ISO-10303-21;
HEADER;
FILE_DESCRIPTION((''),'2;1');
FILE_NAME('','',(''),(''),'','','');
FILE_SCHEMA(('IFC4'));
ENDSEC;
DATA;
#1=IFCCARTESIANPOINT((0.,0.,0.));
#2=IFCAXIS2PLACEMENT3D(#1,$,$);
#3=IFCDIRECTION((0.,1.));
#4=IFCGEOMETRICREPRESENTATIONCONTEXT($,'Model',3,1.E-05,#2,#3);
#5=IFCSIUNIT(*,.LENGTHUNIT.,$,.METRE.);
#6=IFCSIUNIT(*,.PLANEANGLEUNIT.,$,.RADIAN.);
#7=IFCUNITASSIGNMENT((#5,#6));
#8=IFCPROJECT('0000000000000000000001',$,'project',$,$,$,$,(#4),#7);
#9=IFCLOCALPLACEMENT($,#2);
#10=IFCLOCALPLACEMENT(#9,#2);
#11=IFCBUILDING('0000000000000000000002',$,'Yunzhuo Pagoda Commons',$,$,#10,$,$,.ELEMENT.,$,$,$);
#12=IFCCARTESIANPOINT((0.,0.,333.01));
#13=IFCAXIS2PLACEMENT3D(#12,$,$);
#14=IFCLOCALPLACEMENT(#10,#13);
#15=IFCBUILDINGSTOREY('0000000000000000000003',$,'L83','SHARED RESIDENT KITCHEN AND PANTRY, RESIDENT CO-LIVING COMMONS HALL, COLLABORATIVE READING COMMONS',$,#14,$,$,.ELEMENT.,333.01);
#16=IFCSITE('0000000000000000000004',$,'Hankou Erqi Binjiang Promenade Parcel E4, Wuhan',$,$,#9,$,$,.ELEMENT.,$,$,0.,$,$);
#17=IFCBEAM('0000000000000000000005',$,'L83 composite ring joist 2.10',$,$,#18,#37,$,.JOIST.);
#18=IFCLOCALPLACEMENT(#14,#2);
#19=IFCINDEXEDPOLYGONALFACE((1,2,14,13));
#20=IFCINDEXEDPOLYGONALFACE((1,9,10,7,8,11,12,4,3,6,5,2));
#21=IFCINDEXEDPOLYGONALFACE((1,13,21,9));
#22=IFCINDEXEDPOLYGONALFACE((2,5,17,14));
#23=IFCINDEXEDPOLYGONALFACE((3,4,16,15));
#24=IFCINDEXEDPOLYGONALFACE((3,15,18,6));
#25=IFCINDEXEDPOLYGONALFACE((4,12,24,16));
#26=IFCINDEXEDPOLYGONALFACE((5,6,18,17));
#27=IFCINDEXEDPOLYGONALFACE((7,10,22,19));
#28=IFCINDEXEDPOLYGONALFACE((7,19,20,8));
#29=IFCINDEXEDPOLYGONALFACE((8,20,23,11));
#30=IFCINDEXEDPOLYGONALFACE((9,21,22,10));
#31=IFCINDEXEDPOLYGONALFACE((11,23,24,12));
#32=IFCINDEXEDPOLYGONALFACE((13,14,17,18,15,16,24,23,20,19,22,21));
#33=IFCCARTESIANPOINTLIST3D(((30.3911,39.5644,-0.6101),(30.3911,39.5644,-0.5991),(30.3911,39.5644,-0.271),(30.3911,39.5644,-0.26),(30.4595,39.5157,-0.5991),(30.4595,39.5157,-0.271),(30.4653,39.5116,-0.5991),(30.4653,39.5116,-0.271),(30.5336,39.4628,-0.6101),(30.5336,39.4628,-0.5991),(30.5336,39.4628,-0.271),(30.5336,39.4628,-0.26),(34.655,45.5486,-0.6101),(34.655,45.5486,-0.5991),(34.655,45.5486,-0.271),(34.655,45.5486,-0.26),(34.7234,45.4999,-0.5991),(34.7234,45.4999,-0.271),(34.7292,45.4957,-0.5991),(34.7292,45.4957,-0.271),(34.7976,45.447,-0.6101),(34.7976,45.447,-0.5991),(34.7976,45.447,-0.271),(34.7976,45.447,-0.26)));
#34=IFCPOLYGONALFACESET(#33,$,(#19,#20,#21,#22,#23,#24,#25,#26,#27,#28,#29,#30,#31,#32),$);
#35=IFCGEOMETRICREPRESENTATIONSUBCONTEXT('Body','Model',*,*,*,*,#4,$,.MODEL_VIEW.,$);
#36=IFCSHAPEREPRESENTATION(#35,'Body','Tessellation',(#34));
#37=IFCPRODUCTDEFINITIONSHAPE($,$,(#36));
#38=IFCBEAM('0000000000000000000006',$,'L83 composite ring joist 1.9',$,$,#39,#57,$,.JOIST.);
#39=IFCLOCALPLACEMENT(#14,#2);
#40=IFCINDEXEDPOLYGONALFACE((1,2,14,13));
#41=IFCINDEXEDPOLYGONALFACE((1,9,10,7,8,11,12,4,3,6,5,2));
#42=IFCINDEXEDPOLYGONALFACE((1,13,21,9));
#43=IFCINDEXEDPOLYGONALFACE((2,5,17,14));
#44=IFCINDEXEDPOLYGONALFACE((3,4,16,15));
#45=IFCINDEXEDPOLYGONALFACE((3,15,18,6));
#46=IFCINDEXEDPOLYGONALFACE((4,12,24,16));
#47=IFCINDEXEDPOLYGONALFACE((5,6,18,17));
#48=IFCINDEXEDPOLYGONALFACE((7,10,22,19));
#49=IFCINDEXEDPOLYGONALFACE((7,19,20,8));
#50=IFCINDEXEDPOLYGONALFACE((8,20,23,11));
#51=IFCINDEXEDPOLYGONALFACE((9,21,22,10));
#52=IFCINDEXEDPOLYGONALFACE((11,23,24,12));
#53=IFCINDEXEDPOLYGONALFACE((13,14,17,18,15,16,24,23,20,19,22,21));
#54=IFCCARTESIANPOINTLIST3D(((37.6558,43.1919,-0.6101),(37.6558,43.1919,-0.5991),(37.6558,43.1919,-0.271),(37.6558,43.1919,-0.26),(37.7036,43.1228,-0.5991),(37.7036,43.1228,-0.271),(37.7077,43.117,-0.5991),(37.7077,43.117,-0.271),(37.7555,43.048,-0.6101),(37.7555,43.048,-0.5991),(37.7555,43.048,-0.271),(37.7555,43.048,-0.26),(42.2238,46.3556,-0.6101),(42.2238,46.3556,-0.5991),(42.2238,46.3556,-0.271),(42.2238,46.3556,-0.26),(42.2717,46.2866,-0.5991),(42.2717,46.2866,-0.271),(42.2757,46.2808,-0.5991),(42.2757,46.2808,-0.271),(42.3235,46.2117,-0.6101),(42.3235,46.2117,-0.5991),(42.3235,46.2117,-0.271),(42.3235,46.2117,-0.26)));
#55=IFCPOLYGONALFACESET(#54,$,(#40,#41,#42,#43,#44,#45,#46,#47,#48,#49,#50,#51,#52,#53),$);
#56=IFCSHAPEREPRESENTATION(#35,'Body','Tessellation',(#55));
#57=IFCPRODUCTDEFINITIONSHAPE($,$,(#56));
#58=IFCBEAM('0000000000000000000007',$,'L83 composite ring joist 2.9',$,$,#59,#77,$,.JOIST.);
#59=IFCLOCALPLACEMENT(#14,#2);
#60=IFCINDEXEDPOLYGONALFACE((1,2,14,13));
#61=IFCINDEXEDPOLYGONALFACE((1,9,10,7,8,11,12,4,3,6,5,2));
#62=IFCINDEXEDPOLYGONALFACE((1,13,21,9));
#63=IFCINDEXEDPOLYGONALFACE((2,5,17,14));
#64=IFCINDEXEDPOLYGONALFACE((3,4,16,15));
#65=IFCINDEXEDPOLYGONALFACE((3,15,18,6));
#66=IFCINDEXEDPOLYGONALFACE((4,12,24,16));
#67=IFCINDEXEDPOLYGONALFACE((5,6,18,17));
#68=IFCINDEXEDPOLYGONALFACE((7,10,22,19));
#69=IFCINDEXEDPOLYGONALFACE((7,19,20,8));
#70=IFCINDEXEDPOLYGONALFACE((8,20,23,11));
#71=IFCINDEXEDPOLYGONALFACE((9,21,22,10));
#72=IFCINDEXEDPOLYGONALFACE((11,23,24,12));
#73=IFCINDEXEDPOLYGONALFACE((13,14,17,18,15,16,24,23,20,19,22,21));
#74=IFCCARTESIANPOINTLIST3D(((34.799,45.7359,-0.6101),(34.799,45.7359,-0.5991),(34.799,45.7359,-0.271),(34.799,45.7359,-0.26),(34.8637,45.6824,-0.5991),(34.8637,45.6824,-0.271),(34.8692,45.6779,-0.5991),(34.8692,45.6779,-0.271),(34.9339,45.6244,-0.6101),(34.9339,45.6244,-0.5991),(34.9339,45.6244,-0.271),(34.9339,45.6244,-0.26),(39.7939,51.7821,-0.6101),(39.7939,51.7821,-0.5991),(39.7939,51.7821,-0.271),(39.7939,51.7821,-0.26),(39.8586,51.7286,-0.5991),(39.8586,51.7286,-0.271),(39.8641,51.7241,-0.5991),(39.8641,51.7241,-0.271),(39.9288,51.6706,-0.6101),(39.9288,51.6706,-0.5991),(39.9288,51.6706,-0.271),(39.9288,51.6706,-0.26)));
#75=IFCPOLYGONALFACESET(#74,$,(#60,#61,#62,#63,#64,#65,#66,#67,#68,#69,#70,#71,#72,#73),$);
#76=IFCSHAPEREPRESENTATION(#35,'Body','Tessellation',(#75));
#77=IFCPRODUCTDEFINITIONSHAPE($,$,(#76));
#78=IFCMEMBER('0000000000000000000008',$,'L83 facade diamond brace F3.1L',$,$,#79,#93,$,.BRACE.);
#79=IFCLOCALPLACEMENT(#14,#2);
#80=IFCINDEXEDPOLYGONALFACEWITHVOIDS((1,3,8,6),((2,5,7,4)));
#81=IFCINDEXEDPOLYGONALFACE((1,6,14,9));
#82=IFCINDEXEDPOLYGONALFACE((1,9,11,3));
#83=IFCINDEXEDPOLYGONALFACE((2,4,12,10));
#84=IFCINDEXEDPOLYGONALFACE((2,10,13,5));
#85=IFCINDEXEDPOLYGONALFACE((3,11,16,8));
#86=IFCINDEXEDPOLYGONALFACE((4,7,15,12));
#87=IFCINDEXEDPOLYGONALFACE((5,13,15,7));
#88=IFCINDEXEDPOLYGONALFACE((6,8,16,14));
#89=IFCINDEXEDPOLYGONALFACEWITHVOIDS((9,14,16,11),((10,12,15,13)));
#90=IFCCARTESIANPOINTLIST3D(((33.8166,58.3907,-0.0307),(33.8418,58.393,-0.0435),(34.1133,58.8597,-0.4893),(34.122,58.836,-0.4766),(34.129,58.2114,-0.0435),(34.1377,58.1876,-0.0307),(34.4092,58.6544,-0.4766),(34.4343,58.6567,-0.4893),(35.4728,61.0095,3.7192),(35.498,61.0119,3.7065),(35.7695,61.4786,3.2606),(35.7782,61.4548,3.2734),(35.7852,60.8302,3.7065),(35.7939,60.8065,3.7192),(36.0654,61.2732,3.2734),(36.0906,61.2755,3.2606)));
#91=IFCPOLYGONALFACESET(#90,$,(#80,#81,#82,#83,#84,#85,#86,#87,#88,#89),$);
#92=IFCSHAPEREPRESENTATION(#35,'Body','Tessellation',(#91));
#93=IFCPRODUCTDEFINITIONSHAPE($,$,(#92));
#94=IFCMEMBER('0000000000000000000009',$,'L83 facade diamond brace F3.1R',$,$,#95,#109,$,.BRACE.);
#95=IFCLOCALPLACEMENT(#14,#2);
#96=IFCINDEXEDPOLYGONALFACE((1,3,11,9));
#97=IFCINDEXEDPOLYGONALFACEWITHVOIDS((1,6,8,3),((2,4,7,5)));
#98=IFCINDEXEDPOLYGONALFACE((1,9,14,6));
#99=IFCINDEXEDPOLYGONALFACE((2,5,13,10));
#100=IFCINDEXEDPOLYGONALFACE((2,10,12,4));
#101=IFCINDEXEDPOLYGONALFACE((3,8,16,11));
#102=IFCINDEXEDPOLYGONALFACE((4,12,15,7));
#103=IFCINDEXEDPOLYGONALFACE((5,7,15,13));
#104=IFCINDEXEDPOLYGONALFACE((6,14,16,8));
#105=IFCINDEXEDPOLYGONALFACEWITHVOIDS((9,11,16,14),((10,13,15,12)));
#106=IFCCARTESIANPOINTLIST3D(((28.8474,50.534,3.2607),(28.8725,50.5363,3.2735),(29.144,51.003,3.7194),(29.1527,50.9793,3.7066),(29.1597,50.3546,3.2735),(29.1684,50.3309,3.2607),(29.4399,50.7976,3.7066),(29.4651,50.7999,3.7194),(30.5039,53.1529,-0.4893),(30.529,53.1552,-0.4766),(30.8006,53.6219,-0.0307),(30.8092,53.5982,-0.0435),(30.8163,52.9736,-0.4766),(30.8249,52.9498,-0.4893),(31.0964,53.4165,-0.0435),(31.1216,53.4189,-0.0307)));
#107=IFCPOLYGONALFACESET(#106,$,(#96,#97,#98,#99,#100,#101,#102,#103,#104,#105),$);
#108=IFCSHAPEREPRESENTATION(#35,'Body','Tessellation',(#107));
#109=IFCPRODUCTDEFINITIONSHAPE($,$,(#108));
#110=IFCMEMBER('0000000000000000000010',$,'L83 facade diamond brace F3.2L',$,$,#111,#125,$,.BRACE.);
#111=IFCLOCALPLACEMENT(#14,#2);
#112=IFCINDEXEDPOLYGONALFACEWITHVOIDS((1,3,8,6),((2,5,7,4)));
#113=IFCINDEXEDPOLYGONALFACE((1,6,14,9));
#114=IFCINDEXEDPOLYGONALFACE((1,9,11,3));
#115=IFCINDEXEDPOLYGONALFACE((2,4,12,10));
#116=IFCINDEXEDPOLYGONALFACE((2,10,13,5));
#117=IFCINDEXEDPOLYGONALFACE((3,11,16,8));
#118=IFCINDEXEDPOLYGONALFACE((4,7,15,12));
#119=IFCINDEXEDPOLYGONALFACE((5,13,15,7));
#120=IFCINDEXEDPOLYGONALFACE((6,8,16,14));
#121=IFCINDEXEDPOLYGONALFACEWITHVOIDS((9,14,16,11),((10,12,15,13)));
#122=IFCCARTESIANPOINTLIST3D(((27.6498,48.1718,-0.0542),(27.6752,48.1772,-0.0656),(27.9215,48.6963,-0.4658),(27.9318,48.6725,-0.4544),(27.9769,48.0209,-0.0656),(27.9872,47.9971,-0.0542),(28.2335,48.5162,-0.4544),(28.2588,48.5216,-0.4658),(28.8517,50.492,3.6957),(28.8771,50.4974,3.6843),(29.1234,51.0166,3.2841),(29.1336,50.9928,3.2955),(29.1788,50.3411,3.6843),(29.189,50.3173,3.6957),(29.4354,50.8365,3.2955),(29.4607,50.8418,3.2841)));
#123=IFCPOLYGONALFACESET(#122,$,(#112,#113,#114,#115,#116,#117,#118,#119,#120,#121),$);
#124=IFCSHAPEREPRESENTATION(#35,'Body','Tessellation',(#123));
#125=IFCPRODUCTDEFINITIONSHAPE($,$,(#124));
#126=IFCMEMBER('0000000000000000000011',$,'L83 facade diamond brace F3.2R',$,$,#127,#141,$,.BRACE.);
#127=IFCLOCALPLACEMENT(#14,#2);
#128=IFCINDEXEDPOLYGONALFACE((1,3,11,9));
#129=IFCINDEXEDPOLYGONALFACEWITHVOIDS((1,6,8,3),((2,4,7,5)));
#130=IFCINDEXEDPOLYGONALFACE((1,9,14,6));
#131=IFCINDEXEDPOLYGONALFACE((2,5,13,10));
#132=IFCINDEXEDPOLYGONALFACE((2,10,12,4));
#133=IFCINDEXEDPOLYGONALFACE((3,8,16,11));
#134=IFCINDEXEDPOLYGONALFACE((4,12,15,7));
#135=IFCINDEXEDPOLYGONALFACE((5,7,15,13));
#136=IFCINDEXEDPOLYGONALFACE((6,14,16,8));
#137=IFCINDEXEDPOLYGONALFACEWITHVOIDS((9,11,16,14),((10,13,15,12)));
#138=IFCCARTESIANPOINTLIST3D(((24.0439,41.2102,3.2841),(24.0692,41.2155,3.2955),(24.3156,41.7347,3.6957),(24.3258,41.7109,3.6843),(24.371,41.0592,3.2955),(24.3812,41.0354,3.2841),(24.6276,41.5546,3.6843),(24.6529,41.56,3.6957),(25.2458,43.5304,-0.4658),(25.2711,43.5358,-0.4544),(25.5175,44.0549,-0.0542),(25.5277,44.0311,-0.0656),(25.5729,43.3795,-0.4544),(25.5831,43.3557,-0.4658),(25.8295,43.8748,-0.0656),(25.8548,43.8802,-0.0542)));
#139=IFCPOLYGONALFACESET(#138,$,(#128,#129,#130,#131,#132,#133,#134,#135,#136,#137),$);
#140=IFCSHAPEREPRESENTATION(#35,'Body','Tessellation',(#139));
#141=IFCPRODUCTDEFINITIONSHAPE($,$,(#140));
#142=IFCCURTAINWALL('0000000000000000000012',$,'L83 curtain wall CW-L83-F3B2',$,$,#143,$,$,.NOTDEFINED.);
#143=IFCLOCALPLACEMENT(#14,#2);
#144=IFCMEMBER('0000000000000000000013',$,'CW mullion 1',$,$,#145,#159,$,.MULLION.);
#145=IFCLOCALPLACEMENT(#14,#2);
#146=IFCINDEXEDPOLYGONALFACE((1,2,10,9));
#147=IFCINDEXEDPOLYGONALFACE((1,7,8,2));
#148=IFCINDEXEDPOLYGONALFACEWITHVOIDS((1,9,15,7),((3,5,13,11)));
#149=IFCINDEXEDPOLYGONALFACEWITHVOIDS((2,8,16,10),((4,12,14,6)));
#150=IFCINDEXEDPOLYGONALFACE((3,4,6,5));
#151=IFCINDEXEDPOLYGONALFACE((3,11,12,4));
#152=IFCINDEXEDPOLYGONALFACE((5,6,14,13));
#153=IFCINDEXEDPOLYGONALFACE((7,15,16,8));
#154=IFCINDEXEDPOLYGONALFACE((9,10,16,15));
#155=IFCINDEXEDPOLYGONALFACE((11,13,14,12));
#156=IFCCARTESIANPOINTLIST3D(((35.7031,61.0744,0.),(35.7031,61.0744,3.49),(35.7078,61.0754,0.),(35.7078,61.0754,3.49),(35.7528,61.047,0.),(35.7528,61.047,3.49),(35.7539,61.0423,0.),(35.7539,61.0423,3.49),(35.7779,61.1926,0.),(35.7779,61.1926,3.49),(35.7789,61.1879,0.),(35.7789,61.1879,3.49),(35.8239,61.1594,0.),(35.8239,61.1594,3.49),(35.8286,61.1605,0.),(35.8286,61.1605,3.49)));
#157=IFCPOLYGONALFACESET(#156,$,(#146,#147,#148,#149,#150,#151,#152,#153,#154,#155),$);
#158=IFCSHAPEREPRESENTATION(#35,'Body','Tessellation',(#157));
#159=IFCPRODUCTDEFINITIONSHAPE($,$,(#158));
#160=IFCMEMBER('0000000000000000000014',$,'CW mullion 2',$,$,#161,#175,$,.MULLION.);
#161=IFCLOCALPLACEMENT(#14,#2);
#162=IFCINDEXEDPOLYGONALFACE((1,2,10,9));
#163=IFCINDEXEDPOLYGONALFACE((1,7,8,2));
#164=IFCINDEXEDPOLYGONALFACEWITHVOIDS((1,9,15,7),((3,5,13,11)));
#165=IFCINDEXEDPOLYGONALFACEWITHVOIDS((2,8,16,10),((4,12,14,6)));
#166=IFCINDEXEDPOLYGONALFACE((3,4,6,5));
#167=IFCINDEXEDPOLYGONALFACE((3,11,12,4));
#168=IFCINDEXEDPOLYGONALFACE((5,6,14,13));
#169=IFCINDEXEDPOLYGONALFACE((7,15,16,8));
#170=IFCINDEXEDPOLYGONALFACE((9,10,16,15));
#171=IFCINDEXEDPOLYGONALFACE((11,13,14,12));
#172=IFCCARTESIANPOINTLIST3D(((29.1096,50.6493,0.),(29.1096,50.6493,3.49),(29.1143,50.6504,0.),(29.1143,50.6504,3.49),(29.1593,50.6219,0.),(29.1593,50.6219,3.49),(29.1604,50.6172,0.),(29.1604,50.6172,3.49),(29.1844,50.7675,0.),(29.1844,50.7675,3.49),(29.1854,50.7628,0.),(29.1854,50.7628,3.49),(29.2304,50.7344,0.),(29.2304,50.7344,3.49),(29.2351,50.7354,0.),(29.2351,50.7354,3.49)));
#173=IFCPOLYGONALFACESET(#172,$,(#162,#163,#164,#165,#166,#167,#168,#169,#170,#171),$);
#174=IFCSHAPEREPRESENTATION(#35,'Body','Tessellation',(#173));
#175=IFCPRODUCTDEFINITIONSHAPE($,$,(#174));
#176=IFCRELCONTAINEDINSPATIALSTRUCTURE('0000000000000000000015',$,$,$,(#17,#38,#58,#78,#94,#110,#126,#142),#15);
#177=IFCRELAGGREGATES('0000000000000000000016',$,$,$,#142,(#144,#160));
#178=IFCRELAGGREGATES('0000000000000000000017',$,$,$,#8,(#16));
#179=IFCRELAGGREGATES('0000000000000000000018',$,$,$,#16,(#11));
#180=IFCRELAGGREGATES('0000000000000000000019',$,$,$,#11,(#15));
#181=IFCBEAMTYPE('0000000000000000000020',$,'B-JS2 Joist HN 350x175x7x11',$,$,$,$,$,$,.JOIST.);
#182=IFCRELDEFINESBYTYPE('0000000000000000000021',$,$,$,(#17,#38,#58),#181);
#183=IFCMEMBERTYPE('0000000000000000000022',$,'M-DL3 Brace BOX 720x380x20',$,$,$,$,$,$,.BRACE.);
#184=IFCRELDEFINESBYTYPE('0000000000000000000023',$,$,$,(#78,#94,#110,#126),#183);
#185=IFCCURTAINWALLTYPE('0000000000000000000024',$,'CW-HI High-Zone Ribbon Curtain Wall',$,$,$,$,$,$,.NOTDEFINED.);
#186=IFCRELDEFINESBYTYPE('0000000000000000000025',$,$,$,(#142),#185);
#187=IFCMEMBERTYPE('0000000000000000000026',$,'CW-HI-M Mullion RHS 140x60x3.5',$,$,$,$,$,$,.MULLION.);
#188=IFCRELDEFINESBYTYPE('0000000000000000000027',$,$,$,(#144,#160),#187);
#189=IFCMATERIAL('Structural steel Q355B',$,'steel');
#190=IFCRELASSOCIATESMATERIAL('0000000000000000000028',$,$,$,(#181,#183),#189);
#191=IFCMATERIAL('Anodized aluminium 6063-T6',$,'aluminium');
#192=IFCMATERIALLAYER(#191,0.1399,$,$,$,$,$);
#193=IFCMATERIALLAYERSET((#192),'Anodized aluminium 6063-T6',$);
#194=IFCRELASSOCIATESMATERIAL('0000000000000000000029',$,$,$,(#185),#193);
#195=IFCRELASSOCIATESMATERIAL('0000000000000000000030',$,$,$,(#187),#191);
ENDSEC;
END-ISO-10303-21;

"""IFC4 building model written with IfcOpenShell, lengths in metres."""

from ifc_helpers import new_model, si_unit, direction, frame, origin, origin_2d, place, context, subcontext, project, spatial, hollow_rectangle, i_section, extrude, source, transform, mapped, material, layer, layer_set, material_profile, profile_set, type_object, element, aggregate, save


model = new_model("IFC4")

# Units and contexts
model_context = context("Model", 3, precision=1e-05, world=origin(), true_north=direction((0.0, 1.0)))
body_context = subcontext(model_context, "Body", "Model", "MODEL_VIEW")
ifc_project = project(units=[si_unit("LENGTHUNIT", "METRE"), si_unit("PLANEANGLEUNIT", "RADIAN")], contexts=[model_context])

# Site, building, storey
site_placement = place(None, origin())
site = spatial("IfcSite", under=ifc_project, at=site_placement, Name="Hankou Erqi Binjiang Promenade Parcel E4, Wuhan", CompositionType="ELEMENT", RefElevation=0.0)
building_placement = place(site_placement, origin())
building = spatial("IfcBuilding", under=site, at=building_placement, Name="Yunzhuo Pagoda Commons", CompositionType="ELEMENT")
storey_placement = place(building_placement, frame((0.0, 0.0, 333.01)))
storey = spatial("IfcBuildingStorey", under=building, at=storey_placement, Name="L83", Description="SHARED RESIDENT KITCHEN AND PANTRY, RESIDENT CO-LIVING COMMONS HALL, COLLABORATIVE READING COMMONS", CompositionType="ELEMENT", Elevation=333.01)

# Shared definitions
ifc_material_1 = material(Name="Structural steel Q355B", Category="steel")

# Beams
ifc_material_profile_1 = material_profile(ifc_material_1, i_section(OverallWidth=0.175, OverallDepth=0.3501, WebThickness=0.0071, FlangeThickness=0.011, at=origin_2d()), Name="Structural steel Q355B")
ifc_profile_set_1 = profile_set([ifc_material_profile_1], Name="Structural steel Q355B")
beam_type_1 = type_object("IfcBeamType", Name="B-JS2 Joist HN 350x175x7x11", PredefinedType="JOIST", material=ifc_profile_set_1)
shared_shape_1 = source(origin(), body_context, "Body", "SweptSolid", [
    extrude(i_section(OverallWidth=0.175, OverallDepth=0.3501, WebThickness=0.0071, FlangeThickness=0.011, at=origin_2d()), origin(), (0.0, 0.0, 1.0), 7.3479),
])
beam_1_placement = place(storey_placement, frame((34.7263, 45.4978, -0.4351), z_axis=(-0.580295, -0.814406, 0.0), x_axis=(0.814406, -0.580295, 0.0)))
element("IfcBeam", 1, at=beam_1_placement, inside=storey, type_object=beam_type_1, Name="L83 composite ring joist 2.10", PredefinedType="JOIST", context=body_context, shape_type="MappedRepresentation", body=[
    mapped(shared_shape_1, transform((0.0, 0.0, 0.0), scale=1.0)),
])
shared_shape_2 = source(origin(), body_context, "Body", "SweptSolid", [
    extrude(i_section(OverallWidth=0.175, OverallDepth=0.3501, WebThickness=0.0071, FlangeThickness=0.011, at=origin_2d()), origin(), (0.0, 0.0, 1.0), 5.5566),
])
beam_2_placement = place(storey_placement, frame((42.2737, 46.2837, -0.4351), z_axis=(-0.822085, -0.569365, 0.0), x_axis=(0.569365, -0.822085, 0.0)))
element("IfcBeam", 2, at=beam_2_placement, inside=storey, type_object=beam_type_1, Name="L83 composite ring joist 1.9", PredefinedType="JOIST", context=body_context, shape_type="MappedRepresentation", body=[
    mapped(shared_shape_2, transform((0.0, 0.0, 0.0), scale=1.0)),
])
shared_shape_3 = source(origin(), body_context, "Body", "SweptSolid", [
    extrude(i_section(OverallWidth=0.175, OverallDepth=0.3501, WebThickness=0.0071, FlangeThickness=0.011, at=origin_2d()), origin(), (0.0, 0.0, 1.0), 7.8425),
])
beam_3_placement = place(storey_placement, frame((39.8613, 51.7263, -0.4351), z_axis=(-0.636899, -0.770947, 0.0), x_axis=(0.770947, -0.636899, 0.0)))
element("IfcBeam", 3, at=beam_3_placement, inside=storey, type_object=beam_type_1, Name="L83 composite ring joist 2.9", PredefinedType="JOIST", context=body_context, shape_type="MappedRepresentation", body=[
    mapped(shared_shape_3, transform((0.0, 0.0, 0.0), scale=1.0)),
])

# Members
ifc_material_profile_2 = material_profile(ifc_material_1, hollow_rectangle(XDim=0.3799, YDim=0.72, WallThickness=0.02, at=origin_2d()), Name="Structural steel Q355B")
ifc_profile_set_2 = profile_set([ifc_material_profile_2], Name="Structural steel Q355B")
member_type_1 = type_object("IfcMemberType", Name="M-DL3 Brace BOX 720x380x20", PredefinedType="BRACE", material=ifc_profile_set_2)
shared_shape_4 = source(origin(), body_context, "Body", "SweptSolid", [
    extrude(hollow_rectangle(XDim=0.3799, YDim=0.72, WallThickness=0.02, at=origin_2d()), origin(), (0.0, 0.0, 1.0), 4.8645),
])
member_1_placement = place(storey_placement, frame((34.1255, 58.5237, -0.26), z_axis=(0.34047, 0.538359, 0.770876), x_axis=(-0.845167, 0.534503, 0.0)))
element("IfcMember", 4, at=member_1_placement, inside=storey, type_object=member_type_1, Name="L83 facade diamond brace F3.1L", PredefinedType="BRACE", context=body_context, shape_type="MappedRepresentation", body=[
    mapped(shared_shape_4, transform((0.0, 0.0, 0.0), scale=1.0)),
])
shared_shape_5 = source(origin(), body_context, "Body", "SweptSolid", [
    extrude(hollow_rectangle(XDim=0.3799, YDim=0.72, WallThickness=0.02, at=origin_2d()), origin(), (0.0, 0.0, 1.0), 4.8647),
])
member_2_placement = place(storey_placement, frame((30.8127, 53.2859, -0.26), z_axis=(-0.340515, -0.538349, 0.770863), x_axis=(0.845131, -0.534559, 0.0)))
element("IfcMember", 5, at=member_2_placement, inside=storey, type_object=member_type_1, Name="L83 facade diamond brace F3.1R", PredefinedType="BRACE", context=body_context, shape_type="MappedRepresentation", body=[
    mapped(shared_shape_5, transform((0.0, 0.0, 0.0), scale=1.0)),
])
shared_shape_6 = source(origin(), body_context, "Body", "SweptSolid", [
    extrude(hollow_rectangle(XDim=0.3799, YDim=0.72, WallThickness=0.02, at=origin_2d()), origin(), (0.0, 0.0, 1.0), 4.5706),
])
for number, where, z_axis, x_axis, name in (
    (6, (27.9543, 48.3467, -0.26), (0.262961, 0.507654, 0.820451), (-0.887945, 0.459949, 0.0), "L83 facade diamond brace F3.2L"),
    (7, (25.5503, 43.7053, -0.26), (-0.262961, -0.507654, 0.820451), (0.887945, -0.459949, 0.0), "L83 facade diamond brace F3.2R"),
):
    element("IfcMember", number, at=place(storey_placement, frame(where, z_axis=z_axis, x_axis=x_axis)), inside=storey, type_object=member_type_1, Name=name, PredefinedType="BRACE", context=body_context, shape_type="MappedRepresentation", body=[
        mapped(shared_shape_6, transform((0.0, 0.0, 0.0), scale=1.0)),
    ])

# Curtain wall, members
ifc_material_2 = material(Name="Anodized aluminium 6063-T6", Category="aluminium")
ifc_layer_1 = layer(ifc_material_2, 0.1399)
ifc_layer_set_1 = layer_set([ifc_layer_1], Name="Anodized aluminium 6063-T6")
curtain_wall_type = type_object("IfcCurtainWallType", Name="CW-HI High-Zone Ribbon Curtain Wall", PredefinedType="NOTDEFINED", material=ifc_layer_set_1)
curtain_wall_1_placement = place(storey_placement, origin())
curtain_wall_1 = element("IfcCurtainWall", 8, at=curtain_wall_1_placement, inside=storey, type_object=curtain_wall_type, Name="L83 curtain wall CW-L83-F3B2", PredefinedType="NOTDEFINED")
ifc_material_profile_3 = material_profile(ifc_material_2, hollow_rectangle(XDim=0.0601, YDim=0.1399, WallThickness=0.0034, at=origin_2d()), Name="Anodized aluminium 6063-T6")
ifc_profile_set_3 = profile_set([ifc_material_profile_3], Name="Anodized aluminium 6063-T6")
member_type_2 = type_object("IfcMemberType", Name="CW-HI-M Mullion RHS 140x60x3.5", PredefinedType="MULLION", material=ifc_profile_set_3)
shared_shape_7 = source(origin(), body_context, "Body", "SweptSolid", [
    extrude(hollow_rectangle(XDim=0.0601, YDim=0.1399, WallThickness=0.0034, at=origin_2d()), origin(), (0.0, 0.0, 1.0), 3.49),
])
member_3_placement = place(storey_placement, frame((35.7659, 61.1174, 0.0), z_axis=(0.0, 0.0, 1.0), x_axis=(0.845149, -0.534531, 0.0)))
member_3 = element("IfcMember", 9, at=member_3_placement, type_object=member_type_2, Name="CW mullion 1", PredefinedType="MULLION", context=body_context, shape_type="MappedRepresentation", body=[
    mapped(shared_shape_7, transform((0.0, 0.0, 0.0), scale=1.0)),
])
member_4_placement = place(storey_placement, frame((29.1724, 50.6924, 0.0), z_axis=(0.0, 0.0, 1.0), x_axis=(0.845149, -0.534531, 0.0)))
member_4 = element("IfcMember", 10, at=member_4_placement, type_object=member_type_2, Name="CW mullion 2", PredefinedType="MULLION", context=body_context, shape_type="MappedRepresentation", body=[
    mapped(shared_shape_7, transform((0.0, 0.0, 0.0), scale=1.0)),
])

aggregate(curtain_wall_1, [member_3, member_4])

save(model, "model.ifc")
